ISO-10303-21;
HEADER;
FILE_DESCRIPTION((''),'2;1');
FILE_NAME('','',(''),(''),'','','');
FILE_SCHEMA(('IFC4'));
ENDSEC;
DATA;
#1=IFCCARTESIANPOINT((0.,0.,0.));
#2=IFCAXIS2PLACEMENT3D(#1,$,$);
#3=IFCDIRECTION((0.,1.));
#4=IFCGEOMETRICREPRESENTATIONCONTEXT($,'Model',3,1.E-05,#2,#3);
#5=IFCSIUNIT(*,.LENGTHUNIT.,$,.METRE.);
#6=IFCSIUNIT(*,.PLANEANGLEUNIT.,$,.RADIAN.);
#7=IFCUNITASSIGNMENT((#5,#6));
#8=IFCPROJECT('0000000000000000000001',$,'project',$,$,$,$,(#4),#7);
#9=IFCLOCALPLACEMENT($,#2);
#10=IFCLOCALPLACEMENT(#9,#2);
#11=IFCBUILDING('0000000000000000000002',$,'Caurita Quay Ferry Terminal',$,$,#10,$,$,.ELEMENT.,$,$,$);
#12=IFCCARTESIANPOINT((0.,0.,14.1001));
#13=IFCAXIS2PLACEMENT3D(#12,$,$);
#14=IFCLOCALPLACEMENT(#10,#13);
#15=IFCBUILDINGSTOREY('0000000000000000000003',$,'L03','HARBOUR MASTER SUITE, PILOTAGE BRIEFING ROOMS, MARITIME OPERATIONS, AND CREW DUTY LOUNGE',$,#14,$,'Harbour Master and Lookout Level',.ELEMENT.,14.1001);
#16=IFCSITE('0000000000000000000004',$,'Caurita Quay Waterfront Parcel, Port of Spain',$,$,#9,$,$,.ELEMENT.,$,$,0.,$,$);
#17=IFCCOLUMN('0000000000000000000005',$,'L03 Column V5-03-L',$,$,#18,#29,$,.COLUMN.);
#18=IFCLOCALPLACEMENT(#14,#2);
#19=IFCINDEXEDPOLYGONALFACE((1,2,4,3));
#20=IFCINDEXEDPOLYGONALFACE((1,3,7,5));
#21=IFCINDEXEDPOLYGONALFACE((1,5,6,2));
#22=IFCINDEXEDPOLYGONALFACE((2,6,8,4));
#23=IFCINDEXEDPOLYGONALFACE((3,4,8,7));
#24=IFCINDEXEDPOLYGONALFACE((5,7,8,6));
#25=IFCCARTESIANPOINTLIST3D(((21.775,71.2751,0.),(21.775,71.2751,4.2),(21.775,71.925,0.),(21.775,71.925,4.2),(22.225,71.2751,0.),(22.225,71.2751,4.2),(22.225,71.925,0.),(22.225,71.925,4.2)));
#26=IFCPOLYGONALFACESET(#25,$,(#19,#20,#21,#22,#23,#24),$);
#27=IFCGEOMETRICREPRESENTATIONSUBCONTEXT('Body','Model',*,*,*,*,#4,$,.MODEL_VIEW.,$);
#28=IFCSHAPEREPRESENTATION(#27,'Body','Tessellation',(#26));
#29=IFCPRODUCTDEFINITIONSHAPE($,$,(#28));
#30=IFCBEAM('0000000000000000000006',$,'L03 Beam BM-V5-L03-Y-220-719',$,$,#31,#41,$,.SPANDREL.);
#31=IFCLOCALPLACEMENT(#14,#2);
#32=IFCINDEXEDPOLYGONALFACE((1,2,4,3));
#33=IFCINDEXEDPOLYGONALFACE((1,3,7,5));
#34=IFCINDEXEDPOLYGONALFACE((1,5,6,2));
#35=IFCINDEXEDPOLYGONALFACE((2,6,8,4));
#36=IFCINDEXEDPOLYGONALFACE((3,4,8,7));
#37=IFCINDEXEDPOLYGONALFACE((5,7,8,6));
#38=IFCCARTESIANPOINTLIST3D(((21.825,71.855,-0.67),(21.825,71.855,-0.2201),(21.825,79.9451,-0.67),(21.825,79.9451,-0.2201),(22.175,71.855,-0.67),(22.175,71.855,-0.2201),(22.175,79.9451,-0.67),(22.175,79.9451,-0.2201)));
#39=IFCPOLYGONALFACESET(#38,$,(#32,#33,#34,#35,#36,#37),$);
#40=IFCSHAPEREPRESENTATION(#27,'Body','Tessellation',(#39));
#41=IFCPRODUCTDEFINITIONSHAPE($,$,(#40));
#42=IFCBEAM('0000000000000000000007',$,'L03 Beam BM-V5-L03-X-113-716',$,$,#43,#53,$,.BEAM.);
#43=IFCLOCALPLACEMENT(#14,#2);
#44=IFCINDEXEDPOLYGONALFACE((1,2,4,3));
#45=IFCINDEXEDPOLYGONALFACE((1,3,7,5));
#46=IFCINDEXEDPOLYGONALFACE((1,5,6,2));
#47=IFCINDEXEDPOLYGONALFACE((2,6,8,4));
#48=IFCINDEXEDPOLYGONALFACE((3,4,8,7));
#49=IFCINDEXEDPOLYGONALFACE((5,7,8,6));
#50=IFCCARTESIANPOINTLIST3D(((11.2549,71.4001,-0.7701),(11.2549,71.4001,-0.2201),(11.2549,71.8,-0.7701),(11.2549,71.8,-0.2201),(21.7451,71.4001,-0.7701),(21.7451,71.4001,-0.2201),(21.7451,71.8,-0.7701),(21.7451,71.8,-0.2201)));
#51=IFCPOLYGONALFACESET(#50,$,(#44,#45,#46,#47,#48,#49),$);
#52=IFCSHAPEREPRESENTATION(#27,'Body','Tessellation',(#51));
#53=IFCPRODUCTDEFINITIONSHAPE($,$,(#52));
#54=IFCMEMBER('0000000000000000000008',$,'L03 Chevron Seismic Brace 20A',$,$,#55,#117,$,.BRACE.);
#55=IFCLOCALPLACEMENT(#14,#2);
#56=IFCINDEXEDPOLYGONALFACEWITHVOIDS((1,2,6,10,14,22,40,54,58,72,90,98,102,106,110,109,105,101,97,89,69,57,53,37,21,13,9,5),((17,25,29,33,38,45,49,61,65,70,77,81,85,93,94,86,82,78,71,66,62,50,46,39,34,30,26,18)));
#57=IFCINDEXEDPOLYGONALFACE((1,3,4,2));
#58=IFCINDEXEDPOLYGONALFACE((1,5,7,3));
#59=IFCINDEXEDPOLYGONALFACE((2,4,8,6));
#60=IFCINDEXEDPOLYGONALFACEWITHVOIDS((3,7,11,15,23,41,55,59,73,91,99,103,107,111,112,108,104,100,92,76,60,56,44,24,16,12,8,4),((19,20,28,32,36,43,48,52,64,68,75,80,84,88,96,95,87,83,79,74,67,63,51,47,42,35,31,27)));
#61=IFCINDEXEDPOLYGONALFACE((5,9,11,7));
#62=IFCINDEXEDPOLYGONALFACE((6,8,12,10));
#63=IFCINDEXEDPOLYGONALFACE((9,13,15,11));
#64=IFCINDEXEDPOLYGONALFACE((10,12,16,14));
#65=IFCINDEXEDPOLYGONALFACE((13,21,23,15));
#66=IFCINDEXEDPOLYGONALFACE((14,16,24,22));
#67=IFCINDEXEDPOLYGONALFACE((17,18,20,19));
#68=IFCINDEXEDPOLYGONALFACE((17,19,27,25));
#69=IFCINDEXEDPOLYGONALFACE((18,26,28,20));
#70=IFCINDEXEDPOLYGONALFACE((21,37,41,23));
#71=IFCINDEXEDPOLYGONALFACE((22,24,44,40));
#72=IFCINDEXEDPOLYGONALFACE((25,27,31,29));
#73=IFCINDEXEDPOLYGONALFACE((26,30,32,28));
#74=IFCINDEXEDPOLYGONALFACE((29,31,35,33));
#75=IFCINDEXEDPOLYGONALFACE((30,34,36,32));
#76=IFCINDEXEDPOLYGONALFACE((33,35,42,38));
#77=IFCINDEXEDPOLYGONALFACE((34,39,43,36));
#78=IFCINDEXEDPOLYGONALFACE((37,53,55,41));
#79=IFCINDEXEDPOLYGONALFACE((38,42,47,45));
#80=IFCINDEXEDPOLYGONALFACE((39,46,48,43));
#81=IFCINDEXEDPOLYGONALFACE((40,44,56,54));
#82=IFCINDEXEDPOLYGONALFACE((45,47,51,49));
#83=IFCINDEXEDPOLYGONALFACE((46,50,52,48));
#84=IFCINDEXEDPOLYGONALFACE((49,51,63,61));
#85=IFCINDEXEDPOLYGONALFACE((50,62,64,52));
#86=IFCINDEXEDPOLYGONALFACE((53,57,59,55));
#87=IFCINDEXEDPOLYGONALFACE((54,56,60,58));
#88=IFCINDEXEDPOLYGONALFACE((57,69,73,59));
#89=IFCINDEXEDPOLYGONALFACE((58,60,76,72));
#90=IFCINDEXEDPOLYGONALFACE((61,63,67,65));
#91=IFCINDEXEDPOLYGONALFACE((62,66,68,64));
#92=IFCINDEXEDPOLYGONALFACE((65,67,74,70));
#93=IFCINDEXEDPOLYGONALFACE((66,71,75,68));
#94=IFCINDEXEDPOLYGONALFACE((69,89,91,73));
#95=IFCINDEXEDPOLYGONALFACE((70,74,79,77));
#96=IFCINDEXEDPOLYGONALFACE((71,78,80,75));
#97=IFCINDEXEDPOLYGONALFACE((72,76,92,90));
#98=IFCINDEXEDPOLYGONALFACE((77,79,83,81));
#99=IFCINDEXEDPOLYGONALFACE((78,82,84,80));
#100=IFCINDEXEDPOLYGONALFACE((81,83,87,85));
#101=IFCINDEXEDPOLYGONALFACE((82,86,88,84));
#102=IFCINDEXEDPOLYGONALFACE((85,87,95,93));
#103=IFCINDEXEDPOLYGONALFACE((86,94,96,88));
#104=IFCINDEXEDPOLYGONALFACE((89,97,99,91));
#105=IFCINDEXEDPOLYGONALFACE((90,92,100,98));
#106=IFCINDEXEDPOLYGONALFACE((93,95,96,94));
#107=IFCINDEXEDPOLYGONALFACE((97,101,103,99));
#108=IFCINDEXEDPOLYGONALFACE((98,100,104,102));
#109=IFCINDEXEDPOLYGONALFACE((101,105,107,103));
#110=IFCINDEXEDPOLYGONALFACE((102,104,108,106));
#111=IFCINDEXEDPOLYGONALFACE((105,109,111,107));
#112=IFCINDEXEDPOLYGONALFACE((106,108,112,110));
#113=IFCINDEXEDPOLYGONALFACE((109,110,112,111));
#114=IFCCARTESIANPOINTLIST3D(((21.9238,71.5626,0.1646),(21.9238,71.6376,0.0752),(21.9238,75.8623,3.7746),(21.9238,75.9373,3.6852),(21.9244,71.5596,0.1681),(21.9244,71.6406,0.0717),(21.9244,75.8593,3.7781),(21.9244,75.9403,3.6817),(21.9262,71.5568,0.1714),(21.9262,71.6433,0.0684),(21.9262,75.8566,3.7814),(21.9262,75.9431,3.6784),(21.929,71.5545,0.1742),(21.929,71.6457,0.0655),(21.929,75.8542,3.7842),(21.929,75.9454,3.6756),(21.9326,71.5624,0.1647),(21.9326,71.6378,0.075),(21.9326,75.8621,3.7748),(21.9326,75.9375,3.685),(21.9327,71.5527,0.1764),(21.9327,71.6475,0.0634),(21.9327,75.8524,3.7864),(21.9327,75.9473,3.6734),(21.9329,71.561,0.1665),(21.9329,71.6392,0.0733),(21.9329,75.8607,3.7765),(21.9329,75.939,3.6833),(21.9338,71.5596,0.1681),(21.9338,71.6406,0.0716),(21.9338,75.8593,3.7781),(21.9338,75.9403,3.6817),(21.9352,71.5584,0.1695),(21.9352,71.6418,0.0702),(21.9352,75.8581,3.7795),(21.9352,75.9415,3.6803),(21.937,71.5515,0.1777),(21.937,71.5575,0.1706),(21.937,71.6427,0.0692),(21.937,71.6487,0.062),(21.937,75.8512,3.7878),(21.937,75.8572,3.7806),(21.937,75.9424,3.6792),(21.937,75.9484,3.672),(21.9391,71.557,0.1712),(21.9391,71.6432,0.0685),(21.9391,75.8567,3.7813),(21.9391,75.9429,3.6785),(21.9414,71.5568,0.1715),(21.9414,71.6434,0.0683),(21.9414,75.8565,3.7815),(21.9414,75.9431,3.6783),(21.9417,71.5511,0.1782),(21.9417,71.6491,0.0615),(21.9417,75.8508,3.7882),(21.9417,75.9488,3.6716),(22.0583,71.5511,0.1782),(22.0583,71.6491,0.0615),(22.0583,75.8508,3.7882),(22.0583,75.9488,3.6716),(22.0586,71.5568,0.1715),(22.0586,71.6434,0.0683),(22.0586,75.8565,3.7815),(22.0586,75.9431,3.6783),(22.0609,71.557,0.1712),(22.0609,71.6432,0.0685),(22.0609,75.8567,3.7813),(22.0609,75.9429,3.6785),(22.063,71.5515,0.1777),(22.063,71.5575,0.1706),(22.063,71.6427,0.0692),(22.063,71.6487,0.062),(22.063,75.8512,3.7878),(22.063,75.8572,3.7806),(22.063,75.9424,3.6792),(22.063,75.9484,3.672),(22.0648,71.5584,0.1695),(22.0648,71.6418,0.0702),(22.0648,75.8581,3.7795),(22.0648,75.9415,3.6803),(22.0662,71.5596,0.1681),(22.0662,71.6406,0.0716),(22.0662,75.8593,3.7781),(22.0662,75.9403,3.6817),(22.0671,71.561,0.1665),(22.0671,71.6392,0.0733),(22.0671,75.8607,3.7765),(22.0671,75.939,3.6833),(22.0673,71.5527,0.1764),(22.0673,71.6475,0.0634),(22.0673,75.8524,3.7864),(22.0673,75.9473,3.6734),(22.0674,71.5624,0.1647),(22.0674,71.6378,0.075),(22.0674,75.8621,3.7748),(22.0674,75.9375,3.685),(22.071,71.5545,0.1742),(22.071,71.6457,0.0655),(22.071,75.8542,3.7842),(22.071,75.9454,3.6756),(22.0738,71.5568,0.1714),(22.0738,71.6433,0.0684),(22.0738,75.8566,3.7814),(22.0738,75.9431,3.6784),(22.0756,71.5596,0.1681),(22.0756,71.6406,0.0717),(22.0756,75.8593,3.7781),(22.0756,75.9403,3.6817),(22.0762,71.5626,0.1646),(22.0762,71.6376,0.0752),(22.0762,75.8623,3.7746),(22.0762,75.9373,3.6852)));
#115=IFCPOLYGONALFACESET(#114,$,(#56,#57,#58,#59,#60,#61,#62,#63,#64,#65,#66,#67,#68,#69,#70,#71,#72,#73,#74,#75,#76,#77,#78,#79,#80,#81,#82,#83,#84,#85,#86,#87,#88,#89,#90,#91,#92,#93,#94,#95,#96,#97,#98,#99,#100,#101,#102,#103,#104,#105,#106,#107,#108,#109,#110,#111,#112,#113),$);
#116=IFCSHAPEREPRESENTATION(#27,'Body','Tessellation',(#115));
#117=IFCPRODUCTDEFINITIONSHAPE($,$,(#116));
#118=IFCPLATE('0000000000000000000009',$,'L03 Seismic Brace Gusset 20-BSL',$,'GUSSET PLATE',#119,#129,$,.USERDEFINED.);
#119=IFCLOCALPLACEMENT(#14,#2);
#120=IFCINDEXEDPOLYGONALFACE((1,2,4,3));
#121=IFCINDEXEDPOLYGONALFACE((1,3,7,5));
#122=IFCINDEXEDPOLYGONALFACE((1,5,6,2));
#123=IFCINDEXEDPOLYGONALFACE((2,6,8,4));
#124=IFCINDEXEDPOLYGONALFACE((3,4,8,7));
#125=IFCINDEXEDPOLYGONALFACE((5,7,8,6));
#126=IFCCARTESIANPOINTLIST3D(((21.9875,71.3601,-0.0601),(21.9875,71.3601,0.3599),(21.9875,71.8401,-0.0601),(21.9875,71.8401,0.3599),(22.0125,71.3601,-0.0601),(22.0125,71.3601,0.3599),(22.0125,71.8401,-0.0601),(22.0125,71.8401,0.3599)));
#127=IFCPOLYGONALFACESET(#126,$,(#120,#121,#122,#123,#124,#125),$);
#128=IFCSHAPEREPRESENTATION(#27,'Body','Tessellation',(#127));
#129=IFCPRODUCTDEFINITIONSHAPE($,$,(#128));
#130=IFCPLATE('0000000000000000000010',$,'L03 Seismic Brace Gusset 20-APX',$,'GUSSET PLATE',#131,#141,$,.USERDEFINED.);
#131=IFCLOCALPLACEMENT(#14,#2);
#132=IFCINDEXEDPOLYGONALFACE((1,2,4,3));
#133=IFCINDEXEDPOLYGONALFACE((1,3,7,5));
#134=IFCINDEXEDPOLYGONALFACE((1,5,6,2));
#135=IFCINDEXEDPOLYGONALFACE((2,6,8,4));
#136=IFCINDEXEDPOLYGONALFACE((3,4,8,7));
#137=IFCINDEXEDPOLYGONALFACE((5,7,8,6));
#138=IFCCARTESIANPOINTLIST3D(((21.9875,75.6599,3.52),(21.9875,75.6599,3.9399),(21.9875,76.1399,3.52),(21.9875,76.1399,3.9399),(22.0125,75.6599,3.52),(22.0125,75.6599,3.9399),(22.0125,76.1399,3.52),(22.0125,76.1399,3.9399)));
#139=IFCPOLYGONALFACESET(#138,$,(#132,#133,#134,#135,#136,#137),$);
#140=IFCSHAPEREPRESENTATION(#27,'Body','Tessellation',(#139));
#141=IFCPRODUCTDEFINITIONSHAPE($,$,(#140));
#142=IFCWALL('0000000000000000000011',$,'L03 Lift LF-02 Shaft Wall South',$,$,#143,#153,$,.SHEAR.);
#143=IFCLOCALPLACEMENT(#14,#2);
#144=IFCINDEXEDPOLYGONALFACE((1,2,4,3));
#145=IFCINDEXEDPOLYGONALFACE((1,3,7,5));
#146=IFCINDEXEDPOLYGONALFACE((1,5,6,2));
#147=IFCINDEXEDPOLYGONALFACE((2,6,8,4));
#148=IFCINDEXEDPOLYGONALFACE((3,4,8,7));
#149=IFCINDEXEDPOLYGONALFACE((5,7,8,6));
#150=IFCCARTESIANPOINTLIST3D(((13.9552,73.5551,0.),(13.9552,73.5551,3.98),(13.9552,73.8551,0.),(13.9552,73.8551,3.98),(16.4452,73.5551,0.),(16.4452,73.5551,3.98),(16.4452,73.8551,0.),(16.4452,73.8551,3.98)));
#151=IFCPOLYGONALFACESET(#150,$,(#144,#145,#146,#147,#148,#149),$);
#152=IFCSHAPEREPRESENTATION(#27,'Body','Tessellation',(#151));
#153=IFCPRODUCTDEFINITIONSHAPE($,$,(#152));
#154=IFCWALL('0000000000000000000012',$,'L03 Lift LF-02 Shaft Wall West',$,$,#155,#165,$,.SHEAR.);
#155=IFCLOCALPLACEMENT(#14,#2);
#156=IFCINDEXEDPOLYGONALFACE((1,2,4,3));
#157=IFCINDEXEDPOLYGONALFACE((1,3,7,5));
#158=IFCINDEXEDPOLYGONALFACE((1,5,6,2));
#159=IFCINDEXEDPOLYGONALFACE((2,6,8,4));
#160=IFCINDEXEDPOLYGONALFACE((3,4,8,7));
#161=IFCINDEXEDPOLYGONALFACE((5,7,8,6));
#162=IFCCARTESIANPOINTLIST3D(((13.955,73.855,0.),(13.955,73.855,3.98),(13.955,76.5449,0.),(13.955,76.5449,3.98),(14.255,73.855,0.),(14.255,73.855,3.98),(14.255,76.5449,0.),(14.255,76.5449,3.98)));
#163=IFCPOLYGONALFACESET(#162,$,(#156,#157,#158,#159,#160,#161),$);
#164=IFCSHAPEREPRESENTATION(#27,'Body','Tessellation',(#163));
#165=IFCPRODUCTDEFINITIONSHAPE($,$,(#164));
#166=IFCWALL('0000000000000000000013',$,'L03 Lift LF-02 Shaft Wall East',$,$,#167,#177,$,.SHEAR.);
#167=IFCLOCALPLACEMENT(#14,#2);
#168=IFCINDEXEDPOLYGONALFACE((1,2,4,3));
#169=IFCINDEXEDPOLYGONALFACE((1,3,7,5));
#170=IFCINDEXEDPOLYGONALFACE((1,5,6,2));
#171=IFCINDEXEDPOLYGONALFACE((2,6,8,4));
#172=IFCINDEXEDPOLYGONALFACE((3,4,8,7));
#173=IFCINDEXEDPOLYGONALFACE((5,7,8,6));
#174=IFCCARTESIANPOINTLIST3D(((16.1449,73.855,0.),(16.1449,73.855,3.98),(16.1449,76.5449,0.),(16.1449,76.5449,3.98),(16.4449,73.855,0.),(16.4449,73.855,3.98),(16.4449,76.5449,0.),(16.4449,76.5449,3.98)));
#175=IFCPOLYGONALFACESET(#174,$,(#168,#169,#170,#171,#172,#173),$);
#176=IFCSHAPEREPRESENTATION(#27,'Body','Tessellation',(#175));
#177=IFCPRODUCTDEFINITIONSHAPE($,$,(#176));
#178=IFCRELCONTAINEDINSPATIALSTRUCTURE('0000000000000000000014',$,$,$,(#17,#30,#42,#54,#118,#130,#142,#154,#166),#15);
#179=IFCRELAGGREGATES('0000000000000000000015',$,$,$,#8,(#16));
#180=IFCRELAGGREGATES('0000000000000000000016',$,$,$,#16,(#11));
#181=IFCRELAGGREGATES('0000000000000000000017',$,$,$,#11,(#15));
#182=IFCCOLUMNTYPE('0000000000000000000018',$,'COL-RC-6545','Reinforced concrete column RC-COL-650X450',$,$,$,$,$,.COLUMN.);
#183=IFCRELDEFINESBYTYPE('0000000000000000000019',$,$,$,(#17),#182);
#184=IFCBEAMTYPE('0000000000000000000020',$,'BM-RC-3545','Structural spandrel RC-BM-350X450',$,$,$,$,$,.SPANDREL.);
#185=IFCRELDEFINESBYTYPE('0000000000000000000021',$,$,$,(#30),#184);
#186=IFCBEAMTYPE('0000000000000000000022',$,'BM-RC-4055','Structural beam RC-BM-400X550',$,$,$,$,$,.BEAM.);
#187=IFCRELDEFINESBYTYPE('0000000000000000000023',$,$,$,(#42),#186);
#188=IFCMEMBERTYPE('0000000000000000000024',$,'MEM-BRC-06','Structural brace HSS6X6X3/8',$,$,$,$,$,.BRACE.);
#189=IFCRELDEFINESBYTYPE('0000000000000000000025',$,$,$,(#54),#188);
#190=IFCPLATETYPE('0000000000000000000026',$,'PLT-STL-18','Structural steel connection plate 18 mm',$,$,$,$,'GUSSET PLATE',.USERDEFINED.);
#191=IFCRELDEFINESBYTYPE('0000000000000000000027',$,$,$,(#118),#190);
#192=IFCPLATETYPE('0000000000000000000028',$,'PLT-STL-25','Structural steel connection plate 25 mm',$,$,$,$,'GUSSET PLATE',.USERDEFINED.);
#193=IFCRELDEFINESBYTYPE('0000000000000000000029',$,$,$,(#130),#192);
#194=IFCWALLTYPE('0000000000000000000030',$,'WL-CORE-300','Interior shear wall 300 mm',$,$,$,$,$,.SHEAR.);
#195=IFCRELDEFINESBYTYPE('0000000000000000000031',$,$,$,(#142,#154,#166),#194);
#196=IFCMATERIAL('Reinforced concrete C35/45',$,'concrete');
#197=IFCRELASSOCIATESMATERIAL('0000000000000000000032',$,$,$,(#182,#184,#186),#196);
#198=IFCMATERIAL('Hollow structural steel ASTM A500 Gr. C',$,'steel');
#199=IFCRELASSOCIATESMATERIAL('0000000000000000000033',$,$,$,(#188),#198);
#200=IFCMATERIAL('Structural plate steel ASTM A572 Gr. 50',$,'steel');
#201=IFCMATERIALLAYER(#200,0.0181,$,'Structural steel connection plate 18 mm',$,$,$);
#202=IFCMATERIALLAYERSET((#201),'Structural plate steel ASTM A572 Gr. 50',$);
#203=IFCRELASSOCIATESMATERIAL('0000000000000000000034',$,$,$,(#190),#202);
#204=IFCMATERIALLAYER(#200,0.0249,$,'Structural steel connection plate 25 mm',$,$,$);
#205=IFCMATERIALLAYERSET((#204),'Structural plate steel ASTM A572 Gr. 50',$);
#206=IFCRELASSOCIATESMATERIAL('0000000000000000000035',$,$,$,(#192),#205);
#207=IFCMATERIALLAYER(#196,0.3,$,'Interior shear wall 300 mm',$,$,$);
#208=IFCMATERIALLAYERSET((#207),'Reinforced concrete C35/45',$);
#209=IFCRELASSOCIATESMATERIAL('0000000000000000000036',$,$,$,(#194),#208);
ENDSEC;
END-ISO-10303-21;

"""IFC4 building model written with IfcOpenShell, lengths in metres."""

from ifc_helpers import new_model, si_unit, direction, frame, frame_2d, origin, origin_2d, place, context, subcontext, project, spatial, rectangle, hollow_rectangle, extrude, material, layer, layer_set, material_profile, profile_set, type_object, element, save


model = new_model("IFC4")

# Units and contexts
model_context = context("Model", 3, precision=1e-05, world=origin(), true_north=direction((0.0, 1.0)))
body_context = subcontext(model_context, "Body", "Model", "MODEL_VIEW")
ifc_project = project(units=[si_unit("LENGTHUNIT", "METRE"), si_unit("PLANEANGLEUNIT", "RADIAN")], contexts=[model_context])

# Site, building, storey
site_placement = place(None, origin())
site = spatial("IfcSite", under=ifc_project, at=site_placement, Name="Caurita Quay Waterfront Parcel, Port of Spain", CompositionType="ELEMENT", RefElevation=0.0)
building_placement = place(site_placement, origin())
building = spatial("IfcBuilding", under=site, at=building_placement, Name="Caurita Quay Ferry Terminal", CompositionType="ELEMENT")
storey_placement = place(building_placement, frame((0.0, 0.0, 14.1001)))
storey = spatial("IfcBuildingStorey", under=building, at=storey_placement, Name="L03", Description="HARBOUR MASTER SUITE, PILOTAGE BRIEFING ROOMS, MARITIME OPERATIONS, AND CREW DUTY LOUNGE", LongName="Harbour Master and Lookout Level", CompositionType="ELEMENT", Elevation=14.1001)

# Column
ifc_material_1 = material(Name="Reinforced concrete C35/45", Category="concrete")
ifc_material_profile_1 = material_profile(ifc_material_1, rectangle(XDim=0.45, YDim=0.6499, at=origin_2d()), Name="RC-COL-650X450")
ifc_profile_set_1 = profile_set([ifc_material_profile_1], Name="Reinforced concrete C35/45")
column_type = type_object("IfcColumnType", Name="COL-RC-6545", Description="Reinforced concrete column RC-COL-650X450", PredefinedType="COLUMN", material=ifc_profile_set_1)
column_placement = place(storey_placement, frame((22.0, 71.6001, 0.0), z_axis=(0.0, 0.0, 1.0), x_axis=(1.0, 0.0, 0.0)))
element("IfcColumn", 1, at=column_placement, inside=storey, type_object=column_type, Name="L03 Column V5-03-L", PredefinedType="COLUMN", context=body_context, shape_type="SweptSolid", body=[
    extrude(rectangle(XDim=0.45, YDim=0.6499, at=origin_2d()), origin(), (0.0, 0.0, 1.0), 4.2),
])

# Beams
ifc_material_profile_2 = material_profile(ifc_material_1, rectangle(XDim=0.3501, YDim=0.45, at=origin_2d()), Name="RC-BM-350X450")
ifc_profile_set_2 = profile_set([ifc_material_profile_2], Name="Reinforced concrete C35/45")
beam_type_1 = type_object("IfcBeamType", Name="BM-RC-3545", Description="Structural spandrel RC-BM-350X450", PredefinedType="SPANDREL", material=ifc_profile_set_2)
beam_1_placement = place(storey_placement, frame((22.0, 71.855, -0.4451), z_axis=(0.0, 1.0, 0.0), x_axis=(-1.0, 0.0, 0.0)))
element("IfcBeam", 2, at=beam_1_placement, inside=storey, type_object=beam_type_1, Name="L03 Beam BM-V5-L03-Y-220-719", PredefinedType="SPANDREL", context=body_context, shape_type="SweptSolid", body=[
    extrude(rectangle(XDim=0.3501, YDim=0.45, at=origin_2d()), origin(), (0.0, 0.0, 1.0), 8.0901),
])
ifc_material_profile_3 = material_profile(ifc_material_1, rectangle(XDim=0.3999, YDim=0.55, at=origin_2d()), Name="RC-BM-400X550")
ifc_profile_set_3 = profile_set([ifc_material_profile_3], Name="Reinforced concrete C35/45")
beam_type_2 = type_object("IfcBeamType", Name="BM-RC-4055", Description="Structural beam RC-BM-400X550", PredefinedType="BEAM", material=ifc_profile_set_3)
beam_2_placement = place(storey_placement, frame((11.2549, 71.6001, -0.4951), z_axis=(1.0, 0.0, 0.0), x_axis=(0.0, 1.0, 0.0)))
element("IfcBeam", 3, at=beam_2_placement, inside=storey, type_object=beam_type_2, Name="L03 Beam BM-V5-L03-X-113-716", PredefinedType="BEAM", context=body_context, shape_type="SweptSolid", body=[
    extrude(rectangle(XDim=0.3999, YDim=0.55, at=origin_2d()), origin(), (0.0, 0.0, 1.0), 10.4902),
])

# Member
ifc_material_2 = material(Name="Hollow structural steel ASTM A500 Gr. C", Category="steel")
ifc_material_profile_4 = material_profile(ifc_material_2, hollow_rectangle(XDim=0.1523, YDim=0.1523, WallThickness=0.0088, InnerFilletRadius=0.0088, OuterFilletRadius=0.0178, at=origin_2d()), Name="HSS6X6X3/8")
ifc_profile_set_4 = profile_set([ifc_material_profile_4], Name="Hollow structural steel ASTM A500 Gr. C")
member_type = type_object("IfcMemberType", Name="MEM-BRC-06", Description="Structural brace HSS6X6X3/8", PredefinedType="BRACE", material=ifc_profile_set_4)
member_placement = place(storey_placement, frame((22.0, 71.6001, 0.1199), z_axis=(0.0, 0.765856, 0.643012), x_axis=(-1.0, 0.0, 0.0)))
element("IfcMember", 4, at=member_placement, inside=storey, type_object=member_type, Name="L03 Chevron Seismic Brace 20A", PredefinedType="BRACE", context=body_context, shape_type="SweptSolid", body=[
    extrude(hollow_rectangle(XDim=0.1523, YDim=0.1523, WallThickness=0.0088, InnerFilletRadius=0.0088, OuterFilletRadius=0.0178, at=origin_2d()), origin(), (0.0, 0.0, 1.0), 5.6143),
])

# Plates
ifc_material_3 = material(Name="Structural plate steel ASTM A572 Gr. 50", Category="steel")
ifc_layer_1 = layer(ifc_material_3, 0.0181, Name="Structural steel connection plate 18 mm")
ifc_layer_set_1 = layer_set([ifc_layer_1], Name="Structural plate steel ASTM A572 Gr. 50")
plate_type_1 = type_object("IfcPlateType", Name="PLT-STL-18", Description="Structural steel connection plate 18 mm", ElementType="GUSSET PLATE", PredefinedType="USERDEFINED", material=ifc_layer_set_1)
plate_1_placement = place(storey_placement, frame((22.0, 71.6001, -0.0601), z_axis=(0.0, 0.0, 1.0), x_axis=(0.0, 1.0, 0.0)))
element("IfcPlate", 5, at=plate_1_placement, inside=storey, type_object=plate_type_1, Name="L03 Seismic Brace Gusset 20-BSL", ObjectType="GUSSET PLATE", PredefinedType="USERDEFINED", context=body_context, shape_type="SweptSolid", body=[
    extrude(rectangle(XDim=0.48, YDim=0.0249, at=origin_2d()), origin(), (0.0, 0.0, 1.0), 0.4199),
])
ifc_layer_2 = layer(ifc_material_3, 0.0249, Name="Structural steel connection plate 25 mm")
ifc_layer_set_2 = layer_set([ifc_layer_2], Name="Structural plate steel ASTM A572 Gr. 50")
plate_type_2 = type_object("IfcPlateType", Name="PLT-STL-25", Description="Structural steel connection plate 25 mm", ElementType="GUSSET PLATE", PredefinedType="USERDEFINED", material=ifc_layer_set_2)
plate_2_placement = place(storey_placement, frame((22.0, 75.8999, 3.52), z_axis=(0.0, 0.0, 1.0), x_axis=(0.0, 1.0, 0.0)))
element("IfcPlate", 6, at=plate_2_placement, inside=storey, type_object=plate_type_2, Name="L03 Seismic Brace Gusset 20-APX", ObjectType="GUSSET PLATE", PredefinedType="USERDEFINED", context=body_context, shape_type="SweptSolid", body=[
    extrude(rectangle(XDim=0.48, YDim=0.0249, at=origin_2d()), origin(), (0.0, 0.0, 1.0), 0.4199),
])

# Wall
ifc_layer_3 = layer(ifc_material_1, 0.3, Name="Interior shear wall 300 mm")
ifc_layer_set_3 = layer_set([ifc_layer_3], Name="Reinforced concrete C35/45")
wall_type_1 = type_object("IfcWallType", Name="WL-CORE-300", Description="Interior shear wall 300 mm", PredefinedType="SHEAR", material=ifc_layer_set_3)
wall_1_placement = place(storey_placement, frame((13.9551, 73.7051, 0.0), z_axis=(0.0, 0.0, 1.0), x_axis=(1.0, 0.0, 0.0)))
element("IfcWall", 7, at=wall_1_placement, inside=storey, type_object=wall_type_1, Name="L03 Lift LF-02 Shaft Wall South", PredefinedType="SHEAR", context=body_context, shape_type="SweptSolid", body=[
    extrude(rectangle(XDim=2.49, YDim=0.3, at=frame_2d((1.2451, 0.0))), origin(), (0.0, 0.0, 1.0), 3.98),
])

# Walls
for number, where, z_axis, x_axis, name in (
    (8, (14.105, 76.5449, 0.0), (0.0, 0.0, 1.0), (0.0, -1.0, 0.0), "L03 Lift LF-02 Shaft Wall West"),
    (9, (16.2949, 73.855, 0.0), (0.0, 0.0, 1.0), (0.0, 1.0, 0.0), "L03 Lift LF-02 Shaft Wall East"),
):
    element("IfcWall", number, at=place(storey_placement, frame(where, z_axis=z_axis, x_axis=x_axis)), inside=storey, type_object=wall_type_1, Name=name, PredefinedType="SHEAR", context=body_context, shape_type="SweptSolid", body=[
        extrude(rectangle(XDim=2.6899, YDim=0.3, at=frame_2d((1.345, 0.0))), origin(), (0.0, 0.0, 1.0), 3.98),
    ])

save(model, "model.ifc")
